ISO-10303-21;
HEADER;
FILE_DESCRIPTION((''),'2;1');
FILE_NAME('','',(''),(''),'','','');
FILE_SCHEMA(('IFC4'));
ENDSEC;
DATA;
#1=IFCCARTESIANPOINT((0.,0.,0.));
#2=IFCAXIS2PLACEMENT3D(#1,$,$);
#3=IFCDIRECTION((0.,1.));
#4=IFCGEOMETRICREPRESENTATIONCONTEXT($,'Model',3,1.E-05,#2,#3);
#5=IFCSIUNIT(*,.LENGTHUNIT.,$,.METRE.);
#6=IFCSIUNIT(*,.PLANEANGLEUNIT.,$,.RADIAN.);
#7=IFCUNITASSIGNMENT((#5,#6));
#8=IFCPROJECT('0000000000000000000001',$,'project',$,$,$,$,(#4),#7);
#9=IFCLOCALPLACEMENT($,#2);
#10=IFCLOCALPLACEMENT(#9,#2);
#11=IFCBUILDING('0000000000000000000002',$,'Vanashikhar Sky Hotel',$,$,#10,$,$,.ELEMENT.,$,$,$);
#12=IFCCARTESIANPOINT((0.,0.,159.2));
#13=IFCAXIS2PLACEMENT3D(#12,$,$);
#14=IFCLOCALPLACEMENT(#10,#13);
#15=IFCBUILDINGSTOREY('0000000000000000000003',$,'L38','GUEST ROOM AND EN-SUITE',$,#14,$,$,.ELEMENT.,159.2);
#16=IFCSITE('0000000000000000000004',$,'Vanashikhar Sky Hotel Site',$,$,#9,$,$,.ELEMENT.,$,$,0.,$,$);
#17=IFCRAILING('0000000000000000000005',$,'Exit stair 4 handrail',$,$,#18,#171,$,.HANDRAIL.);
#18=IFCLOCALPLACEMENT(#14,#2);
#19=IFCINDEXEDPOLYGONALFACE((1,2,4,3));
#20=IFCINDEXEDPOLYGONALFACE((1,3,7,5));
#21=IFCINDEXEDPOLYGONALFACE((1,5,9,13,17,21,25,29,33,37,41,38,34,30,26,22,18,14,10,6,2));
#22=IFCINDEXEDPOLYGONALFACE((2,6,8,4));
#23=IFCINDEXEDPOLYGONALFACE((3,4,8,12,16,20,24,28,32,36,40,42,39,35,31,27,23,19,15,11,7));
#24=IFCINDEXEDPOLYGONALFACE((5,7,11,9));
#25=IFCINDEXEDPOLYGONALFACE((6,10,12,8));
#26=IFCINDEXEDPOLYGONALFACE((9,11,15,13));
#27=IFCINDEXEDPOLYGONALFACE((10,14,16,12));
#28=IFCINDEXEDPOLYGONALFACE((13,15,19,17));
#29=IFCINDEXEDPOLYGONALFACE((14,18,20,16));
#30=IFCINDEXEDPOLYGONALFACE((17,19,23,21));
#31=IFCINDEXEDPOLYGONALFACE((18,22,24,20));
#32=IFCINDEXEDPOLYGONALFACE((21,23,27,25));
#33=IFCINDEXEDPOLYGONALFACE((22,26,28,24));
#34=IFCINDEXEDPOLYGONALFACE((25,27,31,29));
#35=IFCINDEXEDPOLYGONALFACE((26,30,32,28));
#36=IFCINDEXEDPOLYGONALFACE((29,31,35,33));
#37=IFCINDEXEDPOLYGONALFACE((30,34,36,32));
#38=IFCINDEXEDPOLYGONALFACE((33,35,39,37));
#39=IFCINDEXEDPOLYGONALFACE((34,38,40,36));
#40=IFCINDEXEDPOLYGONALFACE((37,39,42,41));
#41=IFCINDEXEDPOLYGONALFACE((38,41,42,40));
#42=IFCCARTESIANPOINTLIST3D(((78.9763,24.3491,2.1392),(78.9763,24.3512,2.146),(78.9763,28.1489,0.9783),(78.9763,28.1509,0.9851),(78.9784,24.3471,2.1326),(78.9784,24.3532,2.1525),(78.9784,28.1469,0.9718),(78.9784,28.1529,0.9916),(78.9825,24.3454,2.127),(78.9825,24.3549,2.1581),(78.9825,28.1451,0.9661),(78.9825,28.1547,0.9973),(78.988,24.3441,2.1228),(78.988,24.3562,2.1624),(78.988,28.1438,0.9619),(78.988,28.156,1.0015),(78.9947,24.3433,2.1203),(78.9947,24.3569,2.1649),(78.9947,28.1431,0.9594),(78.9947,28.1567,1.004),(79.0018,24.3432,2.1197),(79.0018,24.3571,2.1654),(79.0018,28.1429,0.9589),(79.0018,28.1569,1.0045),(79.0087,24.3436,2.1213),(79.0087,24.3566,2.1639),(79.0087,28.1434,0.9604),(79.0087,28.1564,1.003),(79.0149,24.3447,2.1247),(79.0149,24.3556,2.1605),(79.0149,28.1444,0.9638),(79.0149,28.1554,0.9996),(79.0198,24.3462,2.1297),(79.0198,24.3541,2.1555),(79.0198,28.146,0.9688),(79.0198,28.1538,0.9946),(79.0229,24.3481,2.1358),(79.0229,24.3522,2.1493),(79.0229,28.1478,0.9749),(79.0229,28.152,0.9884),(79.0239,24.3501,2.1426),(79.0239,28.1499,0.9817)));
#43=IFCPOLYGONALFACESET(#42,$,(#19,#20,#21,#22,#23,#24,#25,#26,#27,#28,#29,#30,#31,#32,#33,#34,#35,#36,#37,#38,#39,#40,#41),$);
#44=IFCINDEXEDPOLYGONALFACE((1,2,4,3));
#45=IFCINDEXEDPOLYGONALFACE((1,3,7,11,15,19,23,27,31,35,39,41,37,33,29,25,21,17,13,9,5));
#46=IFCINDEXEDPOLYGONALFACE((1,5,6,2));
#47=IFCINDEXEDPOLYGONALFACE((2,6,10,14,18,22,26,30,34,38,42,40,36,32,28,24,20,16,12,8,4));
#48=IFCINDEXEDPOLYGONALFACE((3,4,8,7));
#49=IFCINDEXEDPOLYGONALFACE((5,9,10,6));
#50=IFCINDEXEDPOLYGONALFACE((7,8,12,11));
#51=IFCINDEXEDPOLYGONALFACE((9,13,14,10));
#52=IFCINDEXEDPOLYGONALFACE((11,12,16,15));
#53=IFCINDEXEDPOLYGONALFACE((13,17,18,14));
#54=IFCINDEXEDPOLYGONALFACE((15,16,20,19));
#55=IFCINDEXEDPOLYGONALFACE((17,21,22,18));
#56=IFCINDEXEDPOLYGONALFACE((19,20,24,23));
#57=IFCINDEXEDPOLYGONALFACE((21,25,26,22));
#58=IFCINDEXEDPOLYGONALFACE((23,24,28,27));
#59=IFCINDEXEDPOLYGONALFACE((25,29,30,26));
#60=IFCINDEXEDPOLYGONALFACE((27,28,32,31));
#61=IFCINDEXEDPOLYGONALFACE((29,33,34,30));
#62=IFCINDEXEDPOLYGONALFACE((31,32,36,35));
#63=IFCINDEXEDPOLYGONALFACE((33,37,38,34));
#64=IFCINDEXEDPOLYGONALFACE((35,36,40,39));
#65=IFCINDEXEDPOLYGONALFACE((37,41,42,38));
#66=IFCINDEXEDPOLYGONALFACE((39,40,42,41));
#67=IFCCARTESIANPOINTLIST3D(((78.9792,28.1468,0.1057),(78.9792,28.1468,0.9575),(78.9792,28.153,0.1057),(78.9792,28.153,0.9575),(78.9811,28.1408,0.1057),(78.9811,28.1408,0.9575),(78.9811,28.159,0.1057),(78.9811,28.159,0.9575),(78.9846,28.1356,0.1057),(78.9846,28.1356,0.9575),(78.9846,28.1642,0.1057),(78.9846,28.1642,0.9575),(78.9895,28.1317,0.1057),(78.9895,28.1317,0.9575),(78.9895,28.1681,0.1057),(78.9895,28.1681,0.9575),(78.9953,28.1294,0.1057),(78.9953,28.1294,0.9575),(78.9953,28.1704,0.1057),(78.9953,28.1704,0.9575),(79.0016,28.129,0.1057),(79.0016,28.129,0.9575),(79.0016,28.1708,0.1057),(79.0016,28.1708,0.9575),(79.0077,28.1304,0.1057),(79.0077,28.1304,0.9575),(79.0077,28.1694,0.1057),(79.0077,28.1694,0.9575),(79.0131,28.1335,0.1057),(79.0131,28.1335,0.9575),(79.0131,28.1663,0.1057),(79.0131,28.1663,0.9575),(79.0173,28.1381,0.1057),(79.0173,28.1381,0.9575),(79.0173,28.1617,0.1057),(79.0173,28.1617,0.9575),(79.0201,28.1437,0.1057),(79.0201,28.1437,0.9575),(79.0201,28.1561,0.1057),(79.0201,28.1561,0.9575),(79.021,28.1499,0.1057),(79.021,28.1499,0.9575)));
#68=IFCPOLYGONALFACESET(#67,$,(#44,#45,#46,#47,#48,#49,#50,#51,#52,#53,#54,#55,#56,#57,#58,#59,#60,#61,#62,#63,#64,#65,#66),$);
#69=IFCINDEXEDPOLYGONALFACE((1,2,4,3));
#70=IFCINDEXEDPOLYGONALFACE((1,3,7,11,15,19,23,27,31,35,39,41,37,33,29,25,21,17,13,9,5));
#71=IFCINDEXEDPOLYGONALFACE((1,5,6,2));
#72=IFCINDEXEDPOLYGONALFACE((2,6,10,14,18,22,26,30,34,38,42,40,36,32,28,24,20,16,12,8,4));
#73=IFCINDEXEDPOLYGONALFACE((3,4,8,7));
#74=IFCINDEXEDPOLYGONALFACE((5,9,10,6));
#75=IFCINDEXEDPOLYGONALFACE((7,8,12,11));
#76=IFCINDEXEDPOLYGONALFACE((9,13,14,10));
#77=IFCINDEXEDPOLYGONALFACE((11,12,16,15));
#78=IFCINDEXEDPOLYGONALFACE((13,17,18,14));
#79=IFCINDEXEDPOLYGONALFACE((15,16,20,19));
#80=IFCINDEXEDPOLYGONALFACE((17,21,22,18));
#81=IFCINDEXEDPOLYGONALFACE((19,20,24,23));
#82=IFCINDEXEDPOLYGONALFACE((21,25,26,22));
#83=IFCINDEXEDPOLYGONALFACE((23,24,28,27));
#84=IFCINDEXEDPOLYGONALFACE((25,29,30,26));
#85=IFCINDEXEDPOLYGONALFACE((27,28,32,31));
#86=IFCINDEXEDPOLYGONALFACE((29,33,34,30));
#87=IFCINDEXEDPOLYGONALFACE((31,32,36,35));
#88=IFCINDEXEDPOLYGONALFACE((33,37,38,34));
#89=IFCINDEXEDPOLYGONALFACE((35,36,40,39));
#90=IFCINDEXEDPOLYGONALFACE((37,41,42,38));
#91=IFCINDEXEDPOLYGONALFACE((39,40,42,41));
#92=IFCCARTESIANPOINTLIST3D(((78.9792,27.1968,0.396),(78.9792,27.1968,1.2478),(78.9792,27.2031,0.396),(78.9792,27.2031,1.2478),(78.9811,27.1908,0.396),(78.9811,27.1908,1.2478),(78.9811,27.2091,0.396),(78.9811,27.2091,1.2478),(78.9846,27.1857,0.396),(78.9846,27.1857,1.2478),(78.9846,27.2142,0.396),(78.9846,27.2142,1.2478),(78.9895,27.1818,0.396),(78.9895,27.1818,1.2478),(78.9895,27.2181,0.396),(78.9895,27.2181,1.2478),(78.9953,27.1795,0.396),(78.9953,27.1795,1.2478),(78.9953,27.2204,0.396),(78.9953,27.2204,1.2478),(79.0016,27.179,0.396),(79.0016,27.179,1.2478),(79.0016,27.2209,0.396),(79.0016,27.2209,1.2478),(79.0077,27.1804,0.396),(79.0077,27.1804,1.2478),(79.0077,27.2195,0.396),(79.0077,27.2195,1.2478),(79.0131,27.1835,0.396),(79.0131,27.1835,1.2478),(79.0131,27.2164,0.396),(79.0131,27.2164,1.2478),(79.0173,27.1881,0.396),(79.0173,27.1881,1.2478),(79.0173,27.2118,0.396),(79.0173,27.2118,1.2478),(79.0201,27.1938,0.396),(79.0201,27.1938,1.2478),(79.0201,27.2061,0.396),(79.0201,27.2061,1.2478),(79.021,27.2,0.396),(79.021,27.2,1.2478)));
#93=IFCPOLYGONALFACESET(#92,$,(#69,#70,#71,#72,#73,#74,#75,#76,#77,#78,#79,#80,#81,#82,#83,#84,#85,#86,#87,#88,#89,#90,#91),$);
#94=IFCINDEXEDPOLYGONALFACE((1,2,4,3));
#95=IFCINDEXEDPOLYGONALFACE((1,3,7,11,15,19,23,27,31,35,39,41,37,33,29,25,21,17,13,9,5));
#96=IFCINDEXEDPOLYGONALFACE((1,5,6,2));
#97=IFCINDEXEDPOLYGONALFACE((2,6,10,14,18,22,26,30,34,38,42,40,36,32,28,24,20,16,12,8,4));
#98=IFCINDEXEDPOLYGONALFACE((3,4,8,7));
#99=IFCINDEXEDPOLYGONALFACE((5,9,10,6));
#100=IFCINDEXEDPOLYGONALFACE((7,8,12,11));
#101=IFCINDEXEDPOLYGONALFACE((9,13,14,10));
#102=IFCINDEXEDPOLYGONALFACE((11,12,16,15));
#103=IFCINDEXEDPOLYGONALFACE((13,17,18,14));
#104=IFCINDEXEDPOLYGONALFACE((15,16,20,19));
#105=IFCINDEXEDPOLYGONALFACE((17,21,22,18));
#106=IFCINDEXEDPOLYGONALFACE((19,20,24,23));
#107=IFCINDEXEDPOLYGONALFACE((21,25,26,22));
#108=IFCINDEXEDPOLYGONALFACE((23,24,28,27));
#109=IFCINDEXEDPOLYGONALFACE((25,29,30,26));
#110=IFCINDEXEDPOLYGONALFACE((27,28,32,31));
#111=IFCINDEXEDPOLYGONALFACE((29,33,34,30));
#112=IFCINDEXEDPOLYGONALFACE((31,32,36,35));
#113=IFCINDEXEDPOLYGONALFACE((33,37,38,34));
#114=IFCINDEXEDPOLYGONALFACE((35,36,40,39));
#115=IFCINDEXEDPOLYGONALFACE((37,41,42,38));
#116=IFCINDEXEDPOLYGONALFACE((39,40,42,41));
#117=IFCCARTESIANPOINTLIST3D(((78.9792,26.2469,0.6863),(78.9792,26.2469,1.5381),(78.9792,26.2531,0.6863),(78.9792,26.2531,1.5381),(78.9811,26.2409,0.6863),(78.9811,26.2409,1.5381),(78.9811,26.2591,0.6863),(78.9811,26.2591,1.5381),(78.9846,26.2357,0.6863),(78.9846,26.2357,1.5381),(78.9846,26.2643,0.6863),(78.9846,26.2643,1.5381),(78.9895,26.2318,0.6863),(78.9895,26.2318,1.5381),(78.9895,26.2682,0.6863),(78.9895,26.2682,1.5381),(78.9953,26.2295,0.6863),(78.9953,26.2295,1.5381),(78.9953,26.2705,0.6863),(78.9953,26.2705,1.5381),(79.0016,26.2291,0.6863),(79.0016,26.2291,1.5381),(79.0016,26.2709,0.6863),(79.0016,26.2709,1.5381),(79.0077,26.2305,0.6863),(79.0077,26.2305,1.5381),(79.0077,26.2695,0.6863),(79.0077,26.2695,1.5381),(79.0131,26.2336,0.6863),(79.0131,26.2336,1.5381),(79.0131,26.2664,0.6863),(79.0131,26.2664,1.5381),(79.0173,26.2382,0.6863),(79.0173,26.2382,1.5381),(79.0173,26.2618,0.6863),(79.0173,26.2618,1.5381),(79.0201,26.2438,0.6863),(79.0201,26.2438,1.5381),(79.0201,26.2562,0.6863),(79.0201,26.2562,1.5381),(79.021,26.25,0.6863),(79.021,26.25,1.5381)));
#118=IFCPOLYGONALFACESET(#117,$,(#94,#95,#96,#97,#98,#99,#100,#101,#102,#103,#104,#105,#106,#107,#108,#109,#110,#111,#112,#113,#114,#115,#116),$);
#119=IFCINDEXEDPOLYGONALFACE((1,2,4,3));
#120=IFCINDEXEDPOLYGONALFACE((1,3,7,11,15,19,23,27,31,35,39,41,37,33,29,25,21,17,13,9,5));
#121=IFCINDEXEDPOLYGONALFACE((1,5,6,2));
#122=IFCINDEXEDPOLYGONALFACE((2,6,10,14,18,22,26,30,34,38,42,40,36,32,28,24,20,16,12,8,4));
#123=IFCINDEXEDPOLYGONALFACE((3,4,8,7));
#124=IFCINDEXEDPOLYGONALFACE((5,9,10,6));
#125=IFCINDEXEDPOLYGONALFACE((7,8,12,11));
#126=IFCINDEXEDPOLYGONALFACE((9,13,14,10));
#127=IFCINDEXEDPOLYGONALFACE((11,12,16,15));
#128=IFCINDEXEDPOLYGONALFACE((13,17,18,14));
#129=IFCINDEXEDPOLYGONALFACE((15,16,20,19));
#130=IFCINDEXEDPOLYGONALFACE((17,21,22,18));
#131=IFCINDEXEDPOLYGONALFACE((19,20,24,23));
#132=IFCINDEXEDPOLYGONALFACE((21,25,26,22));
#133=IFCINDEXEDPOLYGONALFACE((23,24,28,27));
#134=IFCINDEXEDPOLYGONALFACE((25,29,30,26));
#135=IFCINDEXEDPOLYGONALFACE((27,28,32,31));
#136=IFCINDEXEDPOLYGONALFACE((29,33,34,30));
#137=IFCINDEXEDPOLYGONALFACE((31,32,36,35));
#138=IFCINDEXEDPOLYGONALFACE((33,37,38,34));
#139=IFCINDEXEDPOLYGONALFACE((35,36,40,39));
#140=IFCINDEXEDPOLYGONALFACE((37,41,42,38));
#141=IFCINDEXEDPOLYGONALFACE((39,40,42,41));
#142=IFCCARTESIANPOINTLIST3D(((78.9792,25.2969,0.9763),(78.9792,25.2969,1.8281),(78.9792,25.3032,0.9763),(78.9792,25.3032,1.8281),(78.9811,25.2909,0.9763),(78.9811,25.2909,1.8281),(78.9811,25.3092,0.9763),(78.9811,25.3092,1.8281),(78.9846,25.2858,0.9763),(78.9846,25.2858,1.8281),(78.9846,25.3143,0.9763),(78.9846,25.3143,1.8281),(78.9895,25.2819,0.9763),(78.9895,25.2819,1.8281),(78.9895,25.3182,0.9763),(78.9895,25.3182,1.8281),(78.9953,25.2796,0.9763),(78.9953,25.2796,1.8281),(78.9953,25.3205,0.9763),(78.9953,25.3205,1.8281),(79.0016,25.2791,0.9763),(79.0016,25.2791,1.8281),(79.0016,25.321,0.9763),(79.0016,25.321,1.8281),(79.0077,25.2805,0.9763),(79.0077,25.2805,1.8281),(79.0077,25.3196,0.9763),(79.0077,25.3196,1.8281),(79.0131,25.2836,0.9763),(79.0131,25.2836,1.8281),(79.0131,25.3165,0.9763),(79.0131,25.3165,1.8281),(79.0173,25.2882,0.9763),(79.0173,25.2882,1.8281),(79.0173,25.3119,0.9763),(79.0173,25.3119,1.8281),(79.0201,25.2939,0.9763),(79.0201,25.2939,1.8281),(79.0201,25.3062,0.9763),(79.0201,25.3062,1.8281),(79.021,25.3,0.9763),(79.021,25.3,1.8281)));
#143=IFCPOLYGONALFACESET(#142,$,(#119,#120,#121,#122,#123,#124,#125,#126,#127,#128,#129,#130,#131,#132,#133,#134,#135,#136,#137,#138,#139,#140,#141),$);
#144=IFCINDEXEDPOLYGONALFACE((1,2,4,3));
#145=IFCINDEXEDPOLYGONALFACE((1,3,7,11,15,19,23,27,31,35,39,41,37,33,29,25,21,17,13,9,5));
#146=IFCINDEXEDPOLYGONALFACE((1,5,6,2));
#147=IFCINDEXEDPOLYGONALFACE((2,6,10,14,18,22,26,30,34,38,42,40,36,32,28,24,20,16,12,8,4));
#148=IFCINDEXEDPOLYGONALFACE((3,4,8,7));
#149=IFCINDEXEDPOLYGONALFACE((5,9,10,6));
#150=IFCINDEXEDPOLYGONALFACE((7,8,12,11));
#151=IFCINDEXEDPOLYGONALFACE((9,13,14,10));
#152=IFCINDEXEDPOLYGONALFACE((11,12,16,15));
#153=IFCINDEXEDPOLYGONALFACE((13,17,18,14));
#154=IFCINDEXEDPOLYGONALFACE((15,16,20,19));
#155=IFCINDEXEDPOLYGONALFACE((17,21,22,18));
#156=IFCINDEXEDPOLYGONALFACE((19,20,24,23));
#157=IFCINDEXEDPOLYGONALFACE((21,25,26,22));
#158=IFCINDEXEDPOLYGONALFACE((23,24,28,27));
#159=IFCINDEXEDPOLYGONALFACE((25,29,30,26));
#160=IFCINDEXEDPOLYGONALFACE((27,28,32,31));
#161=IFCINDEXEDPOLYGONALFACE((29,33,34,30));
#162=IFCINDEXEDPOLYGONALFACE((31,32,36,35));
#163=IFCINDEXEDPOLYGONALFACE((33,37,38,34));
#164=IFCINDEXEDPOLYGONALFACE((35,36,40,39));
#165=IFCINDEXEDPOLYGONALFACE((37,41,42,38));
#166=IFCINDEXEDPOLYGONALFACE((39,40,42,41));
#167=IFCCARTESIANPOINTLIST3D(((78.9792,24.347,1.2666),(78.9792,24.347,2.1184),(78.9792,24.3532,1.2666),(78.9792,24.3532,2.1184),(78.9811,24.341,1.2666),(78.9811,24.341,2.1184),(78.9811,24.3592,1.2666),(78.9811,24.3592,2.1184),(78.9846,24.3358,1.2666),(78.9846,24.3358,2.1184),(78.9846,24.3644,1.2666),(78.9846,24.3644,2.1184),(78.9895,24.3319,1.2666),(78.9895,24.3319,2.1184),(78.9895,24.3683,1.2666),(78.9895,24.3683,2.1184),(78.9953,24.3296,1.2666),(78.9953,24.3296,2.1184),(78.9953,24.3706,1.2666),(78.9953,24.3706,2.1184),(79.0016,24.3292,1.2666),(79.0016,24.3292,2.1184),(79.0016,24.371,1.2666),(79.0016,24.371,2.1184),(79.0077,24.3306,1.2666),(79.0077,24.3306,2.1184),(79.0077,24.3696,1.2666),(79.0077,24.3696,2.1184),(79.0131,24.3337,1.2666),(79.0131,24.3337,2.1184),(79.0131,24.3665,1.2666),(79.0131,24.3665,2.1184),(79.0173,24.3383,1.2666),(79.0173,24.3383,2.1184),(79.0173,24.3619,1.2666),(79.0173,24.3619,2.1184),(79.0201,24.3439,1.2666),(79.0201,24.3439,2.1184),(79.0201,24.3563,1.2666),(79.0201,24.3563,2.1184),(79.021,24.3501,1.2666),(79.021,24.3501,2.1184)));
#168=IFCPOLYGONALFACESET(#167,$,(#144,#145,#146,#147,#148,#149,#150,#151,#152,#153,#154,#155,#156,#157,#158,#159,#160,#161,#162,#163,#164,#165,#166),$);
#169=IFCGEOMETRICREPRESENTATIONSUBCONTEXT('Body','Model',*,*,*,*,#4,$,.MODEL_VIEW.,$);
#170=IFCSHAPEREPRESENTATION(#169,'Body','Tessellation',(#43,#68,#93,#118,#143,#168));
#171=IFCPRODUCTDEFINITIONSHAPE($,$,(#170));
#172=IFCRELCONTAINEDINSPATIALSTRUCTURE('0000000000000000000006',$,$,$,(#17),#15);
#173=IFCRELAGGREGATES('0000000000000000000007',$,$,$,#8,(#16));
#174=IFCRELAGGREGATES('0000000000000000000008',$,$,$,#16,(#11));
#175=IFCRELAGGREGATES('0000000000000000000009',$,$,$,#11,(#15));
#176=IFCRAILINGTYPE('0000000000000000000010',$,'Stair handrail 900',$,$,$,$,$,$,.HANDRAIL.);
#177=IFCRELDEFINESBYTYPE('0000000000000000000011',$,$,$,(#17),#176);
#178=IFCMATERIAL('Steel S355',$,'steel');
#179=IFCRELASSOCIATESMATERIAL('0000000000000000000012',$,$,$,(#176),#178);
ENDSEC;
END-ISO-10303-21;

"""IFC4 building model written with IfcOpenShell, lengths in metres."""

from ifc_helpers import new_model, si_unit, direction, frame, origin, origin_2d, place, context, subcontext, project, spatial, circle, extrude, source, transform, mapped, material, type_object, element, save


model = new_model("IFC4")

# Units and contexts
model_context = context("Model", 3, precision=1e-05, world=origin(), true_north=direction((0.0, 1.0)))
body_context = subcontext(model_context, "Body", "Model", "MODEL_VIEW")
ifc_project = project(units=[si_unit("LENGTHUNIT", "METRE"), si_unit("PLANEANGLEUNIT", "RADIAN")], contexts=[model_context])

# Site, building, storey
site_placement = place(None, origin())
site = spatial("IfcSite", under=ifc_project, at=site_placement, Name="Vanashikhar Sky Hotel Site", CompositionType="ELEMENT", RefElevation=0.0)
building_placement = place(site_placement, origin())
building = spatial("IfcBuilding", under=site, at=building_placement, Name="Vanashikhar Sky Hotel", CompositionType="ELEMENT")
storey_placement = place(building_placement, frame((0.0, 0.0, 159.2)))
storey = spatial("IfcBuildingStorey", under=building, at=storey_placement, Name="L38", Description="GUEST ROOM AND EN-SUITE", CompositionType="ELEMENT", Elevation=159.2)

# Railing
ifc_material_1 = material(Name="Steel S355", Category="steel")
railing_type_1 = type_object("IfcRailingType", Name="Stair handrail 900", PredefinedType="HANDRAIL", material=ifc_material_1)
shared_shape_1 = source(origin(), body_context, "Body", "SweptSolid", [
    extrude(circle(Radius=0.0239, at=origin_2d()), frame((0.0, 0.0, 0.876), z_axis=(0.0, -0.956363, 0.292181), x_axis=(1.0, 0.0, 0.0)), (0.0, 0.0, 1.0), 3.9731),
    extrude(circle(Radius=0.021, at=origin_2d()), origin(), (0.0, 0.0, 1.0), 0.8518),
    extrude(circle(Radius=0.021, at=origin_2d()), frame((0.0, -0.95, 0.2903)), (0.0, 0.0, 1.0), 0.8518),
    extrude(circle(Radius=0.021, at=origin_2d()), frame((0.0, -1.8999, 0.5806)), (0.0, 0.0, 1.0), 0.8518),
    extrude(circle(Radius=0.021, at=origin_2d()), frame((0.0, -2.8499, 0.8706)), (0.0, 0.0, 1.0), 0.8518),
    extrude(circle(Radius=0.021, at=origin_2d()), frame((0.0, -3.7998, 1.1609)), (0.0, 0.0, 1.0), 0.8518),
])
railing_1_placement = place(storey_placement, frame((79.0, 28.1499, 0.1057)))
element("IfcRailing", 1, at=railing_1_placement, inside=storey, type_object=railing_type_1, Name="Exit stair 4 handrail", PredefinedType="HANDRAIL", context=body_context, shape_type="MappedRepresentation", body=[
    mapped(shared_shape_1, transform((0.0, 0.0, 0.0), scale=1.0)),
])

save(model, "model.ifc")
